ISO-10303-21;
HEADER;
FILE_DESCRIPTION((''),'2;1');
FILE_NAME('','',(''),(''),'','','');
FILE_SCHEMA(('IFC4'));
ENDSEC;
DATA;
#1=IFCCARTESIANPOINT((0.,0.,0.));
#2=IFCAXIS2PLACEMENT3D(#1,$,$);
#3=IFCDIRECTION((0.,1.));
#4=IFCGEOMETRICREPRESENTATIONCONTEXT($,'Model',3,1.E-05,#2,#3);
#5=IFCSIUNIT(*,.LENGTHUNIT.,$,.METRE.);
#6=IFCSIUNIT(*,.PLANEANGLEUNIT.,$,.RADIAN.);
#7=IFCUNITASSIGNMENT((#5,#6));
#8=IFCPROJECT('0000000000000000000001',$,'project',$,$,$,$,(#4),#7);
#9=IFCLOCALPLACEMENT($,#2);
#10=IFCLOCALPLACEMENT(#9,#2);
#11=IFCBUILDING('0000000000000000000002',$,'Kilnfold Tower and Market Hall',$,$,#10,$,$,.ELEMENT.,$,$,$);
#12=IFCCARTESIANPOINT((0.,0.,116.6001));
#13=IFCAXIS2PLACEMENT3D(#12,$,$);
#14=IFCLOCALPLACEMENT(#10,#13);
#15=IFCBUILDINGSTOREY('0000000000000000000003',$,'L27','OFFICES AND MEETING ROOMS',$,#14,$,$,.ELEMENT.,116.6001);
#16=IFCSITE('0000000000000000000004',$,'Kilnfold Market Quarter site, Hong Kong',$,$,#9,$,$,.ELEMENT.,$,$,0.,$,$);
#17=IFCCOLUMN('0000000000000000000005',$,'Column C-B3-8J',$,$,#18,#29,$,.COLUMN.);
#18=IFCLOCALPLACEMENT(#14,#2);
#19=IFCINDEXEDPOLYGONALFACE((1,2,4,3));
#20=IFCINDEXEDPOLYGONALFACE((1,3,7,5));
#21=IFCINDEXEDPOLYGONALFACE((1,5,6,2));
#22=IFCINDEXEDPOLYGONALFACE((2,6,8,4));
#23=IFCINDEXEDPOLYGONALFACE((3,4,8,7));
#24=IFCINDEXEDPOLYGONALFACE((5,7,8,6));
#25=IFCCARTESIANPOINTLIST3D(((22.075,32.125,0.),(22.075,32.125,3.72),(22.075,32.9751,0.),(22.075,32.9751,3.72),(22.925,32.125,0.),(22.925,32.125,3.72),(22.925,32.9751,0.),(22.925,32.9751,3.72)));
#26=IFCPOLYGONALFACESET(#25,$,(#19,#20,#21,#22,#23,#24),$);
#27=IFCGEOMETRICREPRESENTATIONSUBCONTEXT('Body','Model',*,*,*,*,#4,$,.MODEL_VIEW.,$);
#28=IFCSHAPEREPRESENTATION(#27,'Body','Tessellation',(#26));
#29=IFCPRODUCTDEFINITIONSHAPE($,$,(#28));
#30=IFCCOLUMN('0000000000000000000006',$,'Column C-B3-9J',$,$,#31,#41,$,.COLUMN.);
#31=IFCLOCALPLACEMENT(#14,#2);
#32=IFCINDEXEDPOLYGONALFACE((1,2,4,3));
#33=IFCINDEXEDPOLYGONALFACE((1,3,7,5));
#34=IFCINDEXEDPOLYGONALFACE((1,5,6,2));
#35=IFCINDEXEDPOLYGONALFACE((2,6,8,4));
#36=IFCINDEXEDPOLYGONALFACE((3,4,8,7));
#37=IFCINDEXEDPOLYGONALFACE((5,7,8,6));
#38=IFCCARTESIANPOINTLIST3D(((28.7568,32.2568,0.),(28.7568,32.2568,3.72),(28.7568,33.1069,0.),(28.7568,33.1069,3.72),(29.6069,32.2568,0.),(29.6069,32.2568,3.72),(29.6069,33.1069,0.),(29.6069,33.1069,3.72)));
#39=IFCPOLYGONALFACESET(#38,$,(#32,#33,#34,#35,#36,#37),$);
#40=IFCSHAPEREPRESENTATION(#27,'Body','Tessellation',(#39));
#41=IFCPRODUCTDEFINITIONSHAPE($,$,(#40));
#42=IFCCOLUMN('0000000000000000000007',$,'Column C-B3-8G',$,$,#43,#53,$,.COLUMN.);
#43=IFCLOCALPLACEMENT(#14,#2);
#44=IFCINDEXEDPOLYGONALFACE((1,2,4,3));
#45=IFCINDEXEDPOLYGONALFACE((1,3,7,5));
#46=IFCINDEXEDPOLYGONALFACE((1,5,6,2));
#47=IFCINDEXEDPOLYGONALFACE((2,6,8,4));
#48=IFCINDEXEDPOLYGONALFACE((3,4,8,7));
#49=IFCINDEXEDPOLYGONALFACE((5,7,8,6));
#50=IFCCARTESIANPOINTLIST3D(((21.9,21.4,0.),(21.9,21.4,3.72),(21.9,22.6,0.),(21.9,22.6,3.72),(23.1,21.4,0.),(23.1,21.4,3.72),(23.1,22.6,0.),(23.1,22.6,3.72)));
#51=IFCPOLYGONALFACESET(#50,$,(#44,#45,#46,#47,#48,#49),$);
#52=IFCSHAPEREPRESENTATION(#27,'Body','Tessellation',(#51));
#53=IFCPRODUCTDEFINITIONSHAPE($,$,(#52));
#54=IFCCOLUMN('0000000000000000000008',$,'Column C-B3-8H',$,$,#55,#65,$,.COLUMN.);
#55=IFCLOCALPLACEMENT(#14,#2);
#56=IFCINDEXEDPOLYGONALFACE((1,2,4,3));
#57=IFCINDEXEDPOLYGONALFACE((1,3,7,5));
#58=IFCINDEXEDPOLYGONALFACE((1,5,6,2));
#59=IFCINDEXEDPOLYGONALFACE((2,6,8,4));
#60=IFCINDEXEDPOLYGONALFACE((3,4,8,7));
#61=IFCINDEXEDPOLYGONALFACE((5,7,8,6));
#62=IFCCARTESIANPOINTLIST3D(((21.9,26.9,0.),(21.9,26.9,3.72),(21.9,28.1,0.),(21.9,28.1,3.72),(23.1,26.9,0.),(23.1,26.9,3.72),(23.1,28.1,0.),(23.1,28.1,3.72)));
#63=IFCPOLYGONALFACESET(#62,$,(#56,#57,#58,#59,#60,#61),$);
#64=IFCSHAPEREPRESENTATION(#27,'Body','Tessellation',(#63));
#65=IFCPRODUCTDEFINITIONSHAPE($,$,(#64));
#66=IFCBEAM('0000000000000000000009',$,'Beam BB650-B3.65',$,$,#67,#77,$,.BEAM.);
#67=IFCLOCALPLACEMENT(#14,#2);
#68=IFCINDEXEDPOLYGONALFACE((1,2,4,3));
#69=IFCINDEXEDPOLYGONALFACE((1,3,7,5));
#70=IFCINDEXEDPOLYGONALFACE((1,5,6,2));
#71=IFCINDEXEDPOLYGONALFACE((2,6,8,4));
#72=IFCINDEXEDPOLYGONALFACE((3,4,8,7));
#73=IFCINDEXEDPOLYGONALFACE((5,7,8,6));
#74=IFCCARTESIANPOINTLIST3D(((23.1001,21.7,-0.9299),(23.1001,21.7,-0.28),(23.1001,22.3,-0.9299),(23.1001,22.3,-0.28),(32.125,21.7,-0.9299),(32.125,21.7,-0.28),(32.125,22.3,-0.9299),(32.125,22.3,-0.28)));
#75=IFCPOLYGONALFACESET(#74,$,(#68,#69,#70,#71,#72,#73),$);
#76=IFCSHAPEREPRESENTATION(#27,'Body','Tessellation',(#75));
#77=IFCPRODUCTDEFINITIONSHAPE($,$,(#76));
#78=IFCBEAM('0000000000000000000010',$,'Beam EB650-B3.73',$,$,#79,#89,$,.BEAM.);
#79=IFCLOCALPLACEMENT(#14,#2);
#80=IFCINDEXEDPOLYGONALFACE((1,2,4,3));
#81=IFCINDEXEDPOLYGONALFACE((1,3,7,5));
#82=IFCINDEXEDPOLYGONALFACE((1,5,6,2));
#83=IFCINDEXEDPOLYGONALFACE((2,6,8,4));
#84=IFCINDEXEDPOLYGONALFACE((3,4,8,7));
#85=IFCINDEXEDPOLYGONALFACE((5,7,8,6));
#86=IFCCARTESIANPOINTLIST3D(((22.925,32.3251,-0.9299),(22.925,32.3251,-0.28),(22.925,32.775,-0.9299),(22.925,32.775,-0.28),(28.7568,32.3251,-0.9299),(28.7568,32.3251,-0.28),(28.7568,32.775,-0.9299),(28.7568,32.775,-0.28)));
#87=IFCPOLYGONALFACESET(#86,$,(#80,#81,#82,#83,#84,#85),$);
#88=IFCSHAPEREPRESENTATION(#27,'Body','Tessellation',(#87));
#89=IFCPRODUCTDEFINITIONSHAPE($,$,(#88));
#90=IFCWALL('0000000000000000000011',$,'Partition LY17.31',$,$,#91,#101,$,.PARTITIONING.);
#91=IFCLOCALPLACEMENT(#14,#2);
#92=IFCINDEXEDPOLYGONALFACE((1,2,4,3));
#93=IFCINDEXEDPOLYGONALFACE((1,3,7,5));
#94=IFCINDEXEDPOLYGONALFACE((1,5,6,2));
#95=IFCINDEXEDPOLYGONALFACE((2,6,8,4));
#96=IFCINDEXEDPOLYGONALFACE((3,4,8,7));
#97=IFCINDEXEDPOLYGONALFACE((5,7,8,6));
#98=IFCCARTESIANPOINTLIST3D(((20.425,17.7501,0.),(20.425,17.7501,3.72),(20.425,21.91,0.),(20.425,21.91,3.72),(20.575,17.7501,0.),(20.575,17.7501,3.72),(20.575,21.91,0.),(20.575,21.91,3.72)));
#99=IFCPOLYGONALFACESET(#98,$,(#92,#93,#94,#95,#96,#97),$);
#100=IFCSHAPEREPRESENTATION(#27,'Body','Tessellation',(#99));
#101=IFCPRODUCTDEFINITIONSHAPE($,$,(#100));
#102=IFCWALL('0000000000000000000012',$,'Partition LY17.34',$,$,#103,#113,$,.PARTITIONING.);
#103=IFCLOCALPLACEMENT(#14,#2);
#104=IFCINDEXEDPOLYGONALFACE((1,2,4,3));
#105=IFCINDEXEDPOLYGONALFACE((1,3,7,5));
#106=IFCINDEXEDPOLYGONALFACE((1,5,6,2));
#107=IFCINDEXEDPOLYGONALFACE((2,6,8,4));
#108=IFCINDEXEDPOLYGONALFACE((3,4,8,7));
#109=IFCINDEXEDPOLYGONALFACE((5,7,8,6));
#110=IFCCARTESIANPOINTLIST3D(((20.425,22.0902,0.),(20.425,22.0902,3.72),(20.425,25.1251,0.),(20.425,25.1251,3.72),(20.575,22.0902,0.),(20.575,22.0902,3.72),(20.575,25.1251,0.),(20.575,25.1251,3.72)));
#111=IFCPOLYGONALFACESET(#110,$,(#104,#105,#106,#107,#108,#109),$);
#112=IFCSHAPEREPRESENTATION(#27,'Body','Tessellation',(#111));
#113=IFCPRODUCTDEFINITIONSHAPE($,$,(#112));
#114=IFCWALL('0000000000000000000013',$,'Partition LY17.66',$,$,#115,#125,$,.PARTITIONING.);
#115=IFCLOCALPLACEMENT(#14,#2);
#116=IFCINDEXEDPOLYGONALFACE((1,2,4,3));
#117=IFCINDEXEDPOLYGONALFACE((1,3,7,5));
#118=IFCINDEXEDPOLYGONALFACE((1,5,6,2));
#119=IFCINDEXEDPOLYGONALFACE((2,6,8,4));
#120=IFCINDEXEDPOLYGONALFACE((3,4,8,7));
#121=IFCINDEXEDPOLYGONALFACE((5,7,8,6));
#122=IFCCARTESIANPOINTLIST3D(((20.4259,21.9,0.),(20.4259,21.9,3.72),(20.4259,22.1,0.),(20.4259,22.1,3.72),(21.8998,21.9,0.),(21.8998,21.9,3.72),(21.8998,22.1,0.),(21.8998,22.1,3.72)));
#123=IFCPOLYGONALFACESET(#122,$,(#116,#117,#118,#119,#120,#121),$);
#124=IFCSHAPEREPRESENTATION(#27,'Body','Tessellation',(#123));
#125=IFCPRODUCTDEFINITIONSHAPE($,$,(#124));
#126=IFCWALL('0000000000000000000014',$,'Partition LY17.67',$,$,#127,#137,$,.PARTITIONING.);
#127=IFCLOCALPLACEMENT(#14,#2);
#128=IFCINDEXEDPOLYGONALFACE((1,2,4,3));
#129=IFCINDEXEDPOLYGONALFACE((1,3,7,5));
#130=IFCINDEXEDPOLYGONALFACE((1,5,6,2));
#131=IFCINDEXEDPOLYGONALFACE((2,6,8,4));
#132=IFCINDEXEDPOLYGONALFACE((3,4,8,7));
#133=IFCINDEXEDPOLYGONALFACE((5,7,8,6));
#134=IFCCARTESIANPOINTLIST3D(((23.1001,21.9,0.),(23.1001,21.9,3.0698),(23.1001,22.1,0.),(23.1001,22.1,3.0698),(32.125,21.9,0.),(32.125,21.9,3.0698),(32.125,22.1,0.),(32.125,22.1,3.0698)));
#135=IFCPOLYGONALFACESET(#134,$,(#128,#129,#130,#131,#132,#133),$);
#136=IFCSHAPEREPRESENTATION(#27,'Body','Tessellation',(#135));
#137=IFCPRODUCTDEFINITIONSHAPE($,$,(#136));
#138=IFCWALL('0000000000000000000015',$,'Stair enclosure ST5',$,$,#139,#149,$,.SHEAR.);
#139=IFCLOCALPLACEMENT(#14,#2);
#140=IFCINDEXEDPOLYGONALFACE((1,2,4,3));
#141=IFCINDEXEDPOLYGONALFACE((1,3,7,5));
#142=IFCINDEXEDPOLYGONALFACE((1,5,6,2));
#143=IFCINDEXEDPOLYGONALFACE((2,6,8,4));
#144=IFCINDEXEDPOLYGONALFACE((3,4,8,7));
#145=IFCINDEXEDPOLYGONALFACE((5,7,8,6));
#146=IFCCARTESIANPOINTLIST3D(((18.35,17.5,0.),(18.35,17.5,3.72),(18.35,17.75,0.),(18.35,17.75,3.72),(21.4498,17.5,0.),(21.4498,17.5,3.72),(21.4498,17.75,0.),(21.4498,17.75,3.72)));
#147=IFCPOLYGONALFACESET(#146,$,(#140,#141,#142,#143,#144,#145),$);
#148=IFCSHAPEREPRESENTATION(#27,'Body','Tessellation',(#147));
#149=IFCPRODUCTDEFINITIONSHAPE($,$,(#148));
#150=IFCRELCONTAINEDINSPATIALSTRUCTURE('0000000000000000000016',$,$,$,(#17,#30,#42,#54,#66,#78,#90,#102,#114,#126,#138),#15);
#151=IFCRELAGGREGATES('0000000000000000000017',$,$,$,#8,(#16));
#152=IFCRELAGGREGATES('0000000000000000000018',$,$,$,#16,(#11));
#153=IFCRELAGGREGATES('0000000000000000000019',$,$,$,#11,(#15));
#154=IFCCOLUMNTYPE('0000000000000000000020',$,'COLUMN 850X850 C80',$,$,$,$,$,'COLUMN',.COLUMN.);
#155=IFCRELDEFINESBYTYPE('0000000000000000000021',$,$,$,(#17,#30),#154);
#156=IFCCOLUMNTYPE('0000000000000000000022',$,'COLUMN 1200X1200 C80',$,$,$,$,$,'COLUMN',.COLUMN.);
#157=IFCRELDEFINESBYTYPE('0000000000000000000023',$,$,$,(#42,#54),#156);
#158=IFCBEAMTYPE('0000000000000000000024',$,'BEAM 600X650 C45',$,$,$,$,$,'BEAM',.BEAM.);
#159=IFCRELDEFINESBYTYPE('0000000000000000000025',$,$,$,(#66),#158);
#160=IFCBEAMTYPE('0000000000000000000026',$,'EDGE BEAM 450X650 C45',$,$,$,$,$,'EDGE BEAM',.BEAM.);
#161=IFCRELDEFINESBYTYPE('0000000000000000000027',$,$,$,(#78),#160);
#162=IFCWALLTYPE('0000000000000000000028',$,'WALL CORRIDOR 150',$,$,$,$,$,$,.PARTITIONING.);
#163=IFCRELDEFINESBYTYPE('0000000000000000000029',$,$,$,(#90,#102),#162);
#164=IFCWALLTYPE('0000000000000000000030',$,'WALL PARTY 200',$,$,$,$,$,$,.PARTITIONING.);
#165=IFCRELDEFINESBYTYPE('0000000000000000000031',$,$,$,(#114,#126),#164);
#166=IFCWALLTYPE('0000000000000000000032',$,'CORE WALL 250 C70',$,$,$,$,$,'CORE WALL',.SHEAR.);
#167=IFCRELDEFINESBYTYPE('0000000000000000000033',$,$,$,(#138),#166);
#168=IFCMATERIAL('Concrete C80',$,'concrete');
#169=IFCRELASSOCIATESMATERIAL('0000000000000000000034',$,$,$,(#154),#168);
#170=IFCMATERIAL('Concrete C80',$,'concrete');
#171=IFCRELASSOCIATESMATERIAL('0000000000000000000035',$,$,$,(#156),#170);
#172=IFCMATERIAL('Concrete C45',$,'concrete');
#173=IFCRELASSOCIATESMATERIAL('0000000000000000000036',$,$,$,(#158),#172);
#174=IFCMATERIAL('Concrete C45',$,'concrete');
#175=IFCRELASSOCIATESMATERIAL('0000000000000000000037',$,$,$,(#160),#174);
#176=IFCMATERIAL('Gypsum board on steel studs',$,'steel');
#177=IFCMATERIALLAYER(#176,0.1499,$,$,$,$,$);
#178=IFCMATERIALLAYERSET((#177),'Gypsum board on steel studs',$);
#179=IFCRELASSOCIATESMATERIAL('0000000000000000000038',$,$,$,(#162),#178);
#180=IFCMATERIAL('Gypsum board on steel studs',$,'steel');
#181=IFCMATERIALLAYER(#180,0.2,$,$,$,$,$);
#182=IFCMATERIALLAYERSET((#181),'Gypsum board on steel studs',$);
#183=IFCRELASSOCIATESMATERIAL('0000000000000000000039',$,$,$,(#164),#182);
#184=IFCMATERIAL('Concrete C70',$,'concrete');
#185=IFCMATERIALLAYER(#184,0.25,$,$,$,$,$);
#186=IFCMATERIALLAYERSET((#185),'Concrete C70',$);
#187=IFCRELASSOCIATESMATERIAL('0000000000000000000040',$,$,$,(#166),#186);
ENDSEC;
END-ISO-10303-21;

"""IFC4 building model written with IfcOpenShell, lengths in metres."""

from ifc_helpers import new_model, si_unit, direction, frame, frame_2d, origin, origin_2d, place, context, subcontext, project, spatial, rectangle, extrude, source, transform, mapped, material, layer, layer_set, material_profile, profile_set, type_object, element, save


model = new_model("IFC4")

# Units and contexts
model_context = context("Model", 3, precision=1e-05, world=origin(), true_north=direction((0.0, 1.0)))
body_context = subcontext(model_context, "Body", "Model", "MODEL_VIEW")
ifc_project = project(units=[si_unit("LENGTHUNIT", "METRE"), si_unit("PLANEANGLEUNIT", "RADIAN")], contexts=[model_context])

# Site, building, storey
site_placement = place(None, origin())
site = spatial("IfcSite", under=ifc_project, at=site_placement, Name="Kilnfold Market Quarter site, Hong Kong", CompositionType="ELEMENT", RefElevation=0.0)
building_placement = place(site_placement, origin())
building = spatial("IfcBuilding", under=site, at=building_placement, Name="Kilnfold Tower and Market Hall", CompositionType="ELEMENT")
storey_placement = place(building_placement, frame((0.0, 0.0, 116.6001)))
storey = spatial("IfcBuildingStorey", under=building, at=storey_placement, Name="L27", Description="OFFICES AND MEETING ROOMS", CompositionType="ELEMENT", Elevation=116.6001)

# Columns
ifc_material_1 = material(Name="Concrete C80", Category="concrete")
ifc_material_profile_1 = material_profile(ifc_material_1, rectangle(XDim=0.8501, YDim=0.8501, at=origin_2d()), Name="RC 850x850")
ifc_profile_set_1 = profile_set([ifc_material_profile_1], Name="Concrete C80")
column_type_1 = type_object("IfcColumnType", Name="COLUMN 850X850 C80", ElementType="COLUMN", PredefinedType="COLUMN", material=ifc_profile_set_1)
shared_shape_1 = source(origin(), body_context, "Body", "SweptSolid", [
    extrude(rectangle(XDim=0.8501, YDim=0.8501, at=origin_2d()), origin(), (0.0, 0.0, 1.0), 3.72),
])
for number, where, z_axis, x_axis, name in (
    (1, (22.5, 32.55, 0.0), (0.0, 0.0, 1.0), (1.0, 0.0, 0.0), "Column C-B3-8J"),
    (2, (29.1819, 32.6819, 0.0), (0.0, 0.0, 1.0), (1.0, 0.0, 0.0), "Column C-B3-9J"),
):
    element("IfcColumn", number, at=place(storey_placement, frame(where, z_axis=z_axis, x_axis=x_axis)), inside=storey, type_object=column_type_1, Name=name, PredefinedType="COLUMN", context=body_context, shape_type="MappedRepresentation", body=[
        mapped(shared_shape_1, transform((0.0, 0.0, 0.0))),
    ])
ifc_material_2 = material(Name="Concrete C80", Category="concrete")
ifc_material_profile_2 = material_profile(ifc_material_2, rectangle(XDim=1.2, YDim=1.2, at=origin_2d()), Name="RC 1200x1200")
ifc_profile_set_2 = profile_set([ifc_material_profile_2], Name="Concrete C80")
column_type_2 = type_object("IfcColumnType", Name="COLUMN 1200X1200 C80", ElementType="COLUMN", PredefinedType="COLUMN", material=ifc_profile_set_2)
shared_shape_2 = source(origin(), body_context, "Body", "SweptSolid", [
    extrude(rectangle(XDim=1.2, YDim=1.2, at=origin_2d()), origin(), (0.0, 0.0, 1.0), 3.72),
])
for number, where, z_axis, x_axis, name in (
    (3, (22.5, 22.0, 0.0), (0.0, 0.0, 1.0), (1.0, 0.0, 0.0), "Column C-B3-8G"),
    (4, (22.5, 27.5, 0.0), (0.0, 0.0, 1.0), (1.0, 0.0, 0.0), "Column C-B3-8H"),
):
    element("IfcColumn", number, at=place(storey_placement, frame(where, z_axis=z_axis, x_axis=x_axis)), inside=storey, type_object=column_type_2, Name=name, PredefinedType="COLUMN", context=body_context, shape_type="MappedRepresentation", body=[
        mapped(shared_shape_2, transform((0.0, 0.0, 0.0))),
    ])

# Beams
ifc_material_3 = material(Name="Concrete C45", Category="concrete")
ifc_material_profile_3 = material_profile(ifc_material_3, rectangle(XDim=0.6001, YDim=0.6499, at=origin_2d()), Name="RC 600x650")
ifc_profile_set_3 = profile_set([ifc_material_profile_3], Name="Concrete C45")
beam_type_1 = type_object("IfcBeamType", Name="BEAM 600X650 C45", ElementType="BEAM", PredefinedType="BEAM", material=ifc_profile_set_3)
shared_shape_3 = source(origin(), body_context, "Body", "SweptSolid", [
    extrude(rectangle(XDim=0.6001, YDim=0.6499, at=origin_2d()), origin(), (0.0, 0.0, 1.0), 9.0249),
])
beam_1_placement = place(storey_placement, frame((23.1001, 22.0, -0.605), z_axis=(1.0, 0.0, 0.0), x_axis=(0.0, 1.0, 0.0)))
element("IfcBeam", 5, at=beam_1_placement, inside=storey, type_object=beam_type_1, Name="Beam BB650-B3.65", PredefinedType="BEAM", context=body_context, shape_type="MappedRepresentation", body=[
    mapped(shared_shape_3, transform((0.0, 0.0, 0.0))),
])
ifc_material_4 = material(Name="Concrete C45", Category="concrete")
ifc_material_profile_4 = material_profile(ifc_material_4, rectangle(XDim=0.45, YDim=0.6499, at=origin_2d()), Name="RC 450x650")
ifc_profile_set_4 = profile_set([ifc_material_profile_4], Name="Concrete C45")
beam_type_2 = type_object("IfcBeamType", Name="EDGE BEAM 450X650 C45", ElementType="EDGE BEAM", PredefinedType="BEAM", material=ifc_profile_set_4)
shared_shape_4 = source(origin(), body_context, "Body", "SweptSolid", [
    extrude(rectangle(XDim=0.45, YDim=0.6499, at=origin_2d()), origin(), (0.0, 0.0, 1.0), 5.8318),
])
beam_2_placement = place(storey_placement, frame((22.925, 32.55, -0.605), z_axis=(1.0, 0.0, 0.0), x_axis=(0.0, 1.0, 0.0)))
element("IfcBeam", 6, at=beam_2_placement, inside=storey, type_object=beam_type_2, Name="Beam EB650-B3.73", PredefinedType="BEAM", context=body_context, shape_type="MappedRepresentation", body=[
    mapped(shared_shape_4, transform((0.0, 0.0, 0.0))),
])

# Walls
ifc_material_5 = material(Name="Gypsum board on steel studs", Category="steel")
ifc_layer_1 = layer(ifc_material_5, 0.1499)
ifc_layer_set_1 = layer_set([ifc_layer_1], Name="Gypsum board on steel studs")
wall_type_1 = type_object("IfcWallType", Name="WALL CORRIDOR 150", PredefinedType="PARTITIONING", material=ifc_layer_set_1)
wall_1_placement = place(storey_placement, frame((20.5, 17.75, 0.0), z_axis=(0.0, 0.0, 1.0), x_axis=(0.0, 1.0, 0.0)))
element("IfcWall", 7, at=wall_1_placement, inside=storey, type_object=wall_type_1, Name="Partition LY17.31", PredefinedType="PARTITIONING", context=body_context, shape_type="SweptSolid", body=[
    extrude(rectangle(XDim=4.1599, YDim=0.1499, at=frame_2d((2.0801, 0.0))), origin(), (0.0, 0.0, 1.0), 3.72),
])
wall_2_placement = place(storey_placement, frame((20.5, 22.0901, 0.0), z_axis=(0.0, 0.0, 1.0), x_axis=(0.0, 1.0, 0.0)))
element("IfcWall", 8, at=wall_2_placement, inside=storey, type_object=wall_type_1, Name="Partition LY17.34", PredefinedType="PARTITIONING", context=body_context, shape_type="SweptSolid", body=[
    extrude(rectangle(XDim=3.0349, YDim=0.1499, at=frame_2d((1.5176, 0.0))), origin(), (0.0, 0.0, 1.0), 3.72),
])
ifc_material_6 = material(Name="Gypsum board on steel studs", Category="steel")
ifc_layer_2 = layer(ifc_material_6, 0.2)
ifc_layer_set_2 = layer_set([ifc_layer_2], Name="Gypsum board on steel studs")
wall_type_2 = type_object("IfcWallType", Name="WALL PARTY 200", PredefinedType="PARTITIONING", material=ifc_layer_set_2)
wall_3_placement = place(storey_placement, frame((20.426, 22.0, 0.0), z_axis=(0.0, 0.0, 1.0), x_axis=(1.0, 0.0, 0.0)))
element("IfcWall", 9, at=wall_3_placement, inside=storey, type_object=wall_type_2, Name="Partition LY17.66", PredefinedType="PARTITIONING", context=body_context, shape_type="SweptSolid", body=[
    extrude(rectangle(XDim=1.4739, YDim=0.2, at=frame_2d((0.7368, 0.0))), origin(), (0.0, 0.0, 1.0), 3.72),
])
wall_4_placement = place(storey_placement, frame((23.1001, 22.0, 0.0), z_axis=(0.0, 0.0, 1.0), x_axis=(1.0, 0.0, 0.0)))
element("IfcWall", 10, at=wall_4_placement, inside=storey, type_object=wall_type_2, Name="Partition LY17.67", PredefinedType="PARTITIONING", context=body_context, shape_type="SweptSolid", body=[
    extrude(rectangle(XDim=9.0249, YDim=0.2, at=frame_2d((4.5125, 0.0))), origin(), (0.0, 0.0, 1.0), 3.0698),
])
ifc_material_7 = material(Name="Concrete C70", Category="concrete")
ifc_layer_3 = layer(ifc_material_7, 0.25)
ifc_layer_set_3 = layer_set([ifc_layer_3], Name="Concrete C70")
wall_type_3 = type_object("IfcWallType", Name="CORE WALL 250 C70", ElementType="CORE WALL", PredefinedType="SHEAR", material=ifc_layer_set_3)
shared_shape_5 = source(origin(), body_context, "Body", "SweptSolid", [
    extrude(rectangle(XDim=3.0999, YDim=0.25, at=frame_2d((1.5498, 0.0))), origin(), (0.0, 0.0, 1.0), 3.72),
])
wall_5_placement = place(storey_placement, frame((18.3501, 17.625, 0.0), z_axis=(0.0, 0.0, 1.0), x_axis=(1.0, 0.0, 0.0)))
element("IfcWall", 11, at=wall_5_placement, inside=storey, type_object=wall_type_3, Name="Stair enclosure ST5", PredefinedType="SHEAR", context=body_context, shape_type="MappedRepresentation", body=[
    mapped(shared_shape_5, transform((0.0, 0.0, 0.0))),
])

save(model, "model.ifc")
